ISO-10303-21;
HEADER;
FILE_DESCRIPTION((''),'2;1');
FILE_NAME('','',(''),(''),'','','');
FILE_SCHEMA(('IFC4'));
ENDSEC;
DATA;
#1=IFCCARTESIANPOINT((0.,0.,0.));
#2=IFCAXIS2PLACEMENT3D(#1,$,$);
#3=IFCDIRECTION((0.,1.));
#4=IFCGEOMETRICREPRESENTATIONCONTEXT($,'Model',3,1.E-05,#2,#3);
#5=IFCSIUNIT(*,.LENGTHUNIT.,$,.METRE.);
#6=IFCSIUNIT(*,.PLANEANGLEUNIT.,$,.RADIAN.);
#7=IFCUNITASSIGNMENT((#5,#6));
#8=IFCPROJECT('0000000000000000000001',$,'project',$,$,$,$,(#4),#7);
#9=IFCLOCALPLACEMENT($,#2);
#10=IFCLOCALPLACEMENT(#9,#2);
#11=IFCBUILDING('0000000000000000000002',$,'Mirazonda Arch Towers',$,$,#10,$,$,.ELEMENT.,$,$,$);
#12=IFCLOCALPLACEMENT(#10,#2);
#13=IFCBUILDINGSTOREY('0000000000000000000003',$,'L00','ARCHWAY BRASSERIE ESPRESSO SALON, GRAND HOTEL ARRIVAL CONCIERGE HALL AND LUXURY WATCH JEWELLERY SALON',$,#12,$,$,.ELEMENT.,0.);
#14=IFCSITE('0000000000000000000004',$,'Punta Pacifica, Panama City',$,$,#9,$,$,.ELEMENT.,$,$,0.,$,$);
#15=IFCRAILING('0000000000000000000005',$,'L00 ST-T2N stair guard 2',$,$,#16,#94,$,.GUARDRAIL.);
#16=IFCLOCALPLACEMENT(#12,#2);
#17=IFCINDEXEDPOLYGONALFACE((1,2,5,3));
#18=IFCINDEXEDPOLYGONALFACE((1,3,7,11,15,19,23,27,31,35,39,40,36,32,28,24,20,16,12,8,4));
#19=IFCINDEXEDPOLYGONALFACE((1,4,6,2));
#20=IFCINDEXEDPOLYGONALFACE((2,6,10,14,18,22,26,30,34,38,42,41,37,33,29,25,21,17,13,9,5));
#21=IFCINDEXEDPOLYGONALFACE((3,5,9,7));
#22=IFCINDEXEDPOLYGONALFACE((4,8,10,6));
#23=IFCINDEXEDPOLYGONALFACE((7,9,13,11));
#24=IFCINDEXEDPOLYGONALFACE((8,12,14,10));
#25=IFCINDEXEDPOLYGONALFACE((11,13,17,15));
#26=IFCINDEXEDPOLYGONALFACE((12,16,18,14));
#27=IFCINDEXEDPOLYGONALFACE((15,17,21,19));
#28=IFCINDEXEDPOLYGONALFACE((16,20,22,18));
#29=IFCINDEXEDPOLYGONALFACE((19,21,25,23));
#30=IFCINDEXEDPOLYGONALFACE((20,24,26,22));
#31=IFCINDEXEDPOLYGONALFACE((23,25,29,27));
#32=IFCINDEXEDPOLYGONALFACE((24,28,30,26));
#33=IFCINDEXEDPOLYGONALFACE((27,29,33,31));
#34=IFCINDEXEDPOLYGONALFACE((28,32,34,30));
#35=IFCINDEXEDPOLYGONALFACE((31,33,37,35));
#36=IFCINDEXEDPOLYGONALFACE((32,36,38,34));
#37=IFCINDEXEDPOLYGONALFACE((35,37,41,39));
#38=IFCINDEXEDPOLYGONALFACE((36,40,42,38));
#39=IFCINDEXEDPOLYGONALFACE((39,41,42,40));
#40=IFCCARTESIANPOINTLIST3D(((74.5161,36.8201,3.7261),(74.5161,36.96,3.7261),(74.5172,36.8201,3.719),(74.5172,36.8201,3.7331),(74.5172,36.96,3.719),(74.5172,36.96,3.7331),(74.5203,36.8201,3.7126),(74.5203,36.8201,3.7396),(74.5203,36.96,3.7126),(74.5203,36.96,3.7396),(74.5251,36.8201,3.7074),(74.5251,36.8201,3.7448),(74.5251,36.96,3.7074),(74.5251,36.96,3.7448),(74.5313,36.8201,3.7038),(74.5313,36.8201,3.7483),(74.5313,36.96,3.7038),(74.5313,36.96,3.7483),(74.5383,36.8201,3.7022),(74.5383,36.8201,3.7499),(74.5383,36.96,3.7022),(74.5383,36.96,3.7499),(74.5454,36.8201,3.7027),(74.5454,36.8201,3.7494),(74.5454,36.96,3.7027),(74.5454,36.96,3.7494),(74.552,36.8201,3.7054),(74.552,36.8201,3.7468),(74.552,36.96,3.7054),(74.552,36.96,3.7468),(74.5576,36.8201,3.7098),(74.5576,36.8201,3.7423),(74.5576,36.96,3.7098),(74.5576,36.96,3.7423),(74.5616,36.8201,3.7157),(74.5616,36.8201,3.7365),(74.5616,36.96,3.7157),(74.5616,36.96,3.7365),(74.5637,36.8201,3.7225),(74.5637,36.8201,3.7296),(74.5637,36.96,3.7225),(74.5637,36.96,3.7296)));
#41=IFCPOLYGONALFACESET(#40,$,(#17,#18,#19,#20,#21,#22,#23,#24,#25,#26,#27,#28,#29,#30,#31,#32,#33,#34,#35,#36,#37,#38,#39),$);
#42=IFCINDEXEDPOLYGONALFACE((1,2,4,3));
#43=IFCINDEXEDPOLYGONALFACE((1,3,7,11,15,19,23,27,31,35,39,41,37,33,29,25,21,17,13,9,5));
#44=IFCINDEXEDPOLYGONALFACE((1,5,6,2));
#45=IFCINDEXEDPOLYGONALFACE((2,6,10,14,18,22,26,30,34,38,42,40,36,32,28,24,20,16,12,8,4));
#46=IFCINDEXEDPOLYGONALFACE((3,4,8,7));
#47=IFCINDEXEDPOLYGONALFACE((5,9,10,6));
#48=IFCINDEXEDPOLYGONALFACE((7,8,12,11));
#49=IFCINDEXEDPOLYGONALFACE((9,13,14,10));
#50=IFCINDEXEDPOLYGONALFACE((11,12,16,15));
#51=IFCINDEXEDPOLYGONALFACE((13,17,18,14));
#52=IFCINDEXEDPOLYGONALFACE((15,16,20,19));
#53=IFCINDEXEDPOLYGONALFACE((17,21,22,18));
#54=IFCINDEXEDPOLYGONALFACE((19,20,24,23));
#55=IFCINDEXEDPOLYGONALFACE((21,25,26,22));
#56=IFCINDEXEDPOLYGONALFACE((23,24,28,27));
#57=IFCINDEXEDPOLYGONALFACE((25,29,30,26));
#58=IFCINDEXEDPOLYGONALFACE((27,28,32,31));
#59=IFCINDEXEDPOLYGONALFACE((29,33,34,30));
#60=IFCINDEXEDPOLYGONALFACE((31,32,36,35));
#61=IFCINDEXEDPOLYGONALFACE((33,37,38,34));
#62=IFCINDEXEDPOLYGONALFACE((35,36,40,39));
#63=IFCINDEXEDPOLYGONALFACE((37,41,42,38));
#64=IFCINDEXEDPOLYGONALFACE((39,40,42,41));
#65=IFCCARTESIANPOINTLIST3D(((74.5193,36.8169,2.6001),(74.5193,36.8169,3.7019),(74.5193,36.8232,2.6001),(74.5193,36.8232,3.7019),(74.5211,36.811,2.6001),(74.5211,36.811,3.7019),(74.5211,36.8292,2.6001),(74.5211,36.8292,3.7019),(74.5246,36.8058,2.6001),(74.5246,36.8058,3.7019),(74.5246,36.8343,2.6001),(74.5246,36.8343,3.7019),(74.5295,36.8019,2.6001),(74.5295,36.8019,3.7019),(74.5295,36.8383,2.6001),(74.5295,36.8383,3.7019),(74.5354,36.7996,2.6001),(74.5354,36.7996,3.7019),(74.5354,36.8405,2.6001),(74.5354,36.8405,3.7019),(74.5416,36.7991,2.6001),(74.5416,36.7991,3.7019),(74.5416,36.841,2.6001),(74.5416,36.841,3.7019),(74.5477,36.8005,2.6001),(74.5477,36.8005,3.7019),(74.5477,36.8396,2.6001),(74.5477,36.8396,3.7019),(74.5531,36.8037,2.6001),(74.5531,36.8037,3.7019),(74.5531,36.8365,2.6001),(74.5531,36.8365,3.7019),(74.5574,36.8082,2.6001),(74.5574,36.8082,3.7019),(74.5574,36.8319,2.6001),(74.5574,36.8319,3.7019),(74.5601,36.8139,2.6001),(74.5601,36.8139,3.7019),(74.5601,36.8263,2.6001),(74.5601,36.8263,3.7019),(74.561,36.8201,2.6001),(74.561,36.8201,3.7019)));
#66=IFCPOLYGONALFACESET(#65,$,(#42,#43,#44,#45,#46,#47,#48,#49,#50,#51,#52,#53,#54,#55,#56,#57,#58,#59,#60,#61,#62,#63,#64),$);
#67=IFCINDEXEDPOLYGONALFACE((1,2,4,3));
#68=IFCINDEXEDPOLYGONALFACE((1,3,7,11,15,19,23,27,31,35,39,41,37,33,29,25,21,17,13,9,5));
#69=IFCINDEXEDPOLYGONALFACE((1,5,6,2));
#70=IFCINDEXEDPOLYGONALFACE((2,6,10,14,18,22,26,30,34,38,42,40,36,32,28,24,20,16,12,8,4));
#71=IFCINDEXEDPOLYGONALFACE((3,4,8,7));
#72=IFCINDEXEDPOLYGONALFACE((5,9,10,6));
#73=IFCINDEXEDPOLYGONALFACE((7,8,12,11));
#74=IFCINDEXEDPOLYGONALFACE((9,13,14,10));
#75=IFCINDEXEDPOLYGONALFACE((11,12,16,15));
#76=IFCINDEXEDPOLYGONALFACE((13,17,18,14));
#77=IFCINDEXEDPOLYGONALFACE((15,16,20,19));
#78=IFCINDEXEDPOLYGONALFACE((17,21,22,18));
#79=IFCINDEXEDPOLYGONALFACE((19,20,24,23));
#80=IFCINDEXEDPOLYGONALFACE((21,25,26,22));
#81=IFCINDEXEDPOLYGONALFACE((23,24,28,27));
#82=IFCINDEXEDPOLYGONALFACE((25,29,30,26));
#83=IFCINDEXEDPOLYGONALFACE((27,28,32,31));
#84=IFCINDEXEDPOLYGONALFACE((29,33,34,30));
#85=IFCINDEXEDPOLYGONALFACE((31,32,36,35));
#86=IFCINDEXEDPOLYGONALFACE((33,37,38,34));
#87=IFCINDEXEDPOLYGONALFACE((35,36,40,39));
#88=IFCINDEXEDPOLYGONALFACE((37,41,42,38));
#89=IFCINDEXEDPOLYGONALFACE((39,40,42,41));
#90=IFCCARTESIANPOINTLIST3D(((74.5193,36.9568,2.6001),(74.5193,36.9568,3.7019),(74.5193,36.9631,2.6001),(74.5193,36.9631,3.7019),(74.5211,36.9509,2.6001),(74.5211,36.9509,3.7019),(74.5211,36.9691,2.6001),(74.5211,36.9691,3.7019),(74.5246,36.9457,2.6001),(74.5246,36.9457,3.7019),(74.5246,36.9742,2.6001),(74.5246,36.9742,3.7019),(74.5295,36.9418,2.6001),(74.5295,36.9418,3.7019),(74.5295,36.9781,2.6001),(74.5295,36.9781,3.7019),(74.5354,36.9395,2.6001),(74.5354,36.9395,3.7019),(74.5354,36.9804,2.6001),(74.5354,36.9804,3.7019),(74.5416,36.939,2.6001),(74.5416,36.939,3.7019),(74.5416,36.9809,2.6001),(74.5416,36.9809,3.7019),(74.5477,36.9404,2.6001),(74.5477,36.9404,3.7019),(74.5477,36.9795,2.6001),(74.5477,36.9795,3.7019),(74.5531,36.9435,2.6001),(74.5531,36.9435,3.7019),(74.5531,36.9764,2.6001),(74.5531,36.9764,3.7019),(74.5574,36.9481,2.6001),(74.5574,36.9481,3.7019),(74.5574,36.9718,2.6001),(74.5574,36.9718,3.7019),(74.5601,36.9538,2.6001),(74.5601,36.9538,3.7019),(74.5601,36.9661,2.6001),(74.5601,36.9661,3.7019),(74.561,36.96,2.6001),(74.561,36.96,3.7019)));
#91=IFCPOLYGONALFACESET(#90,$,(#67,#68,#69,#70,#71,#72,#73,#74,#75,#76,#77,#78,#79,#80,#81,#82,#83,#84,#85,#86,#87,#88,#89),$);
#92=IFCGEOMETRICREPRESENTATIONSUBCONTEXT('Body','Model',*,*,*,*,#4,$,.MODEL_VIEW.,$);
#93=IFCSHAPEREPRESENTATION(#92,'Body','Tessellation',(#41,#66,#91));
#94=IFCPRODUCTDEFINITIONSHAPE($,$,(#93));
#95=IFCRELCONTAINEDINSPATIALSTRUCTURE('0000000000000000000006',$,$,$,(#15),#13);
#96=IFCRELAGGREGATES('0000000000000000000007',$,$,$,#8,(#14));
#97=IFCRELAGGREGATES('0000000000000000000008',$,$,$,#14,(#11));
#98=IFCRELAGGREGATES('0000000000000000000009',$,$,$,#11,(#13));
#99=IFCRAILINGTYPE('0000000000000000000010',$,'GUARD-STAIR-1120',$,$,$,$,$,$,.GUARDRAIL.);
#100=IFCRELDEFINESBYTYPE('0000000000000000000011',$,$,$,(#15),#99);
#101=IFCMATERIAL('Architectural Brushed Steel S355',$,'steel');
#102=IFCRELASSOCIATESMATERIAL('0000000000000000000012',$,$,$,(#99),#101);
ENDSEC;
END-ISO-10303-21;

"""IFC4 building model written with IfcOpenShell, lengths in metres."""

from ifc_helpers import new_model, si_unit, direction, frame, origin, origin_2d, place, context, subcontext, project, spatial, circle, extrude, material, type_object, element, save


model = new_model("IFC4")

# Units and contexts
model_context = context("Model", 3, precision=1e-05, world=origin(), true_north=direction((0.0, 1.0)))
body_context = subcontext(model_context, "Body", "Model", "MODEL_VIEW")
ifc_project = project(units=[si_unit("LENGTHUNIT", "METRE"), si_unit("PLANEANGLEUNIT", "RADIAN")], contexts=[model_context])

# Site, building, storey
site_placement = place(None, origin())
site = spatial("IfcSite", under=ifc_project, at=site_placement, Name="Punta Pacifica, Panama City", CompositionType="ELEMENT", RefElevation=0.0)
building_placement = place(site_placement, origin())
building = spatial("IfcBuilding", under=site, at=building_placement, Name="Mirazonda Arch Towers", CompositionType="ELEMENT")
storey_placement = place(building_placement, origin())
storey = spatial("IfcBuildingStorey", under=building, at=storey_placement, Name="L00", Description="ARCHWAY BRASSERIE ESPRESSO SALON, GRAND HOTEL ARRIVAL CONCIERGE HALL AND LUXURY WATCH JEWELLERY SALON", CompositionType="ELEMENT", Elevation=0.0)

# Shared definitions
ifc_material_1 = material(Name="Architectural Brushed Steel S355", Category="steel")

# Railing
railing_type_1 = type_object("IfcRailingType", Name="GUARD-STAIR-1120", PredefinedType="GUARDRAIL", material=ifc_material_1)
railing_1_placement = place(storey_placement, frame((74.54, 36.8201, 2.6001)))
element("IfcRailing", 1, at=railing_1_placement, inside=storey, type_object=railing_type_1, Name="L00 ST-T2N stair guard 2", PredefinedType="GUARDRAIL", context=body_context, shape_type="SweptSolid", body=[
    extrude(circle(Radius=0.0239, at=origin_2d()), frame((0.0, 0.0, 1.126), z_axis=(0.0, 1.0, 0.0), x_axis=(-1.0, 0.0, 0.0)), (0.0, 0.0, 1.0), 0.1399),
    extrude(circle(Radius=0.021, at=origin_2d()), origin(), (0.0, 0.0, 1.0), 1.1018),
    extrude(circle(Radius=0.021, at=origin_2d()), frame((0.0, 0.1399, 0.0)), (0.0, 0.0, 1.0), 1.1018),
])

save(model, "model.ifc")
